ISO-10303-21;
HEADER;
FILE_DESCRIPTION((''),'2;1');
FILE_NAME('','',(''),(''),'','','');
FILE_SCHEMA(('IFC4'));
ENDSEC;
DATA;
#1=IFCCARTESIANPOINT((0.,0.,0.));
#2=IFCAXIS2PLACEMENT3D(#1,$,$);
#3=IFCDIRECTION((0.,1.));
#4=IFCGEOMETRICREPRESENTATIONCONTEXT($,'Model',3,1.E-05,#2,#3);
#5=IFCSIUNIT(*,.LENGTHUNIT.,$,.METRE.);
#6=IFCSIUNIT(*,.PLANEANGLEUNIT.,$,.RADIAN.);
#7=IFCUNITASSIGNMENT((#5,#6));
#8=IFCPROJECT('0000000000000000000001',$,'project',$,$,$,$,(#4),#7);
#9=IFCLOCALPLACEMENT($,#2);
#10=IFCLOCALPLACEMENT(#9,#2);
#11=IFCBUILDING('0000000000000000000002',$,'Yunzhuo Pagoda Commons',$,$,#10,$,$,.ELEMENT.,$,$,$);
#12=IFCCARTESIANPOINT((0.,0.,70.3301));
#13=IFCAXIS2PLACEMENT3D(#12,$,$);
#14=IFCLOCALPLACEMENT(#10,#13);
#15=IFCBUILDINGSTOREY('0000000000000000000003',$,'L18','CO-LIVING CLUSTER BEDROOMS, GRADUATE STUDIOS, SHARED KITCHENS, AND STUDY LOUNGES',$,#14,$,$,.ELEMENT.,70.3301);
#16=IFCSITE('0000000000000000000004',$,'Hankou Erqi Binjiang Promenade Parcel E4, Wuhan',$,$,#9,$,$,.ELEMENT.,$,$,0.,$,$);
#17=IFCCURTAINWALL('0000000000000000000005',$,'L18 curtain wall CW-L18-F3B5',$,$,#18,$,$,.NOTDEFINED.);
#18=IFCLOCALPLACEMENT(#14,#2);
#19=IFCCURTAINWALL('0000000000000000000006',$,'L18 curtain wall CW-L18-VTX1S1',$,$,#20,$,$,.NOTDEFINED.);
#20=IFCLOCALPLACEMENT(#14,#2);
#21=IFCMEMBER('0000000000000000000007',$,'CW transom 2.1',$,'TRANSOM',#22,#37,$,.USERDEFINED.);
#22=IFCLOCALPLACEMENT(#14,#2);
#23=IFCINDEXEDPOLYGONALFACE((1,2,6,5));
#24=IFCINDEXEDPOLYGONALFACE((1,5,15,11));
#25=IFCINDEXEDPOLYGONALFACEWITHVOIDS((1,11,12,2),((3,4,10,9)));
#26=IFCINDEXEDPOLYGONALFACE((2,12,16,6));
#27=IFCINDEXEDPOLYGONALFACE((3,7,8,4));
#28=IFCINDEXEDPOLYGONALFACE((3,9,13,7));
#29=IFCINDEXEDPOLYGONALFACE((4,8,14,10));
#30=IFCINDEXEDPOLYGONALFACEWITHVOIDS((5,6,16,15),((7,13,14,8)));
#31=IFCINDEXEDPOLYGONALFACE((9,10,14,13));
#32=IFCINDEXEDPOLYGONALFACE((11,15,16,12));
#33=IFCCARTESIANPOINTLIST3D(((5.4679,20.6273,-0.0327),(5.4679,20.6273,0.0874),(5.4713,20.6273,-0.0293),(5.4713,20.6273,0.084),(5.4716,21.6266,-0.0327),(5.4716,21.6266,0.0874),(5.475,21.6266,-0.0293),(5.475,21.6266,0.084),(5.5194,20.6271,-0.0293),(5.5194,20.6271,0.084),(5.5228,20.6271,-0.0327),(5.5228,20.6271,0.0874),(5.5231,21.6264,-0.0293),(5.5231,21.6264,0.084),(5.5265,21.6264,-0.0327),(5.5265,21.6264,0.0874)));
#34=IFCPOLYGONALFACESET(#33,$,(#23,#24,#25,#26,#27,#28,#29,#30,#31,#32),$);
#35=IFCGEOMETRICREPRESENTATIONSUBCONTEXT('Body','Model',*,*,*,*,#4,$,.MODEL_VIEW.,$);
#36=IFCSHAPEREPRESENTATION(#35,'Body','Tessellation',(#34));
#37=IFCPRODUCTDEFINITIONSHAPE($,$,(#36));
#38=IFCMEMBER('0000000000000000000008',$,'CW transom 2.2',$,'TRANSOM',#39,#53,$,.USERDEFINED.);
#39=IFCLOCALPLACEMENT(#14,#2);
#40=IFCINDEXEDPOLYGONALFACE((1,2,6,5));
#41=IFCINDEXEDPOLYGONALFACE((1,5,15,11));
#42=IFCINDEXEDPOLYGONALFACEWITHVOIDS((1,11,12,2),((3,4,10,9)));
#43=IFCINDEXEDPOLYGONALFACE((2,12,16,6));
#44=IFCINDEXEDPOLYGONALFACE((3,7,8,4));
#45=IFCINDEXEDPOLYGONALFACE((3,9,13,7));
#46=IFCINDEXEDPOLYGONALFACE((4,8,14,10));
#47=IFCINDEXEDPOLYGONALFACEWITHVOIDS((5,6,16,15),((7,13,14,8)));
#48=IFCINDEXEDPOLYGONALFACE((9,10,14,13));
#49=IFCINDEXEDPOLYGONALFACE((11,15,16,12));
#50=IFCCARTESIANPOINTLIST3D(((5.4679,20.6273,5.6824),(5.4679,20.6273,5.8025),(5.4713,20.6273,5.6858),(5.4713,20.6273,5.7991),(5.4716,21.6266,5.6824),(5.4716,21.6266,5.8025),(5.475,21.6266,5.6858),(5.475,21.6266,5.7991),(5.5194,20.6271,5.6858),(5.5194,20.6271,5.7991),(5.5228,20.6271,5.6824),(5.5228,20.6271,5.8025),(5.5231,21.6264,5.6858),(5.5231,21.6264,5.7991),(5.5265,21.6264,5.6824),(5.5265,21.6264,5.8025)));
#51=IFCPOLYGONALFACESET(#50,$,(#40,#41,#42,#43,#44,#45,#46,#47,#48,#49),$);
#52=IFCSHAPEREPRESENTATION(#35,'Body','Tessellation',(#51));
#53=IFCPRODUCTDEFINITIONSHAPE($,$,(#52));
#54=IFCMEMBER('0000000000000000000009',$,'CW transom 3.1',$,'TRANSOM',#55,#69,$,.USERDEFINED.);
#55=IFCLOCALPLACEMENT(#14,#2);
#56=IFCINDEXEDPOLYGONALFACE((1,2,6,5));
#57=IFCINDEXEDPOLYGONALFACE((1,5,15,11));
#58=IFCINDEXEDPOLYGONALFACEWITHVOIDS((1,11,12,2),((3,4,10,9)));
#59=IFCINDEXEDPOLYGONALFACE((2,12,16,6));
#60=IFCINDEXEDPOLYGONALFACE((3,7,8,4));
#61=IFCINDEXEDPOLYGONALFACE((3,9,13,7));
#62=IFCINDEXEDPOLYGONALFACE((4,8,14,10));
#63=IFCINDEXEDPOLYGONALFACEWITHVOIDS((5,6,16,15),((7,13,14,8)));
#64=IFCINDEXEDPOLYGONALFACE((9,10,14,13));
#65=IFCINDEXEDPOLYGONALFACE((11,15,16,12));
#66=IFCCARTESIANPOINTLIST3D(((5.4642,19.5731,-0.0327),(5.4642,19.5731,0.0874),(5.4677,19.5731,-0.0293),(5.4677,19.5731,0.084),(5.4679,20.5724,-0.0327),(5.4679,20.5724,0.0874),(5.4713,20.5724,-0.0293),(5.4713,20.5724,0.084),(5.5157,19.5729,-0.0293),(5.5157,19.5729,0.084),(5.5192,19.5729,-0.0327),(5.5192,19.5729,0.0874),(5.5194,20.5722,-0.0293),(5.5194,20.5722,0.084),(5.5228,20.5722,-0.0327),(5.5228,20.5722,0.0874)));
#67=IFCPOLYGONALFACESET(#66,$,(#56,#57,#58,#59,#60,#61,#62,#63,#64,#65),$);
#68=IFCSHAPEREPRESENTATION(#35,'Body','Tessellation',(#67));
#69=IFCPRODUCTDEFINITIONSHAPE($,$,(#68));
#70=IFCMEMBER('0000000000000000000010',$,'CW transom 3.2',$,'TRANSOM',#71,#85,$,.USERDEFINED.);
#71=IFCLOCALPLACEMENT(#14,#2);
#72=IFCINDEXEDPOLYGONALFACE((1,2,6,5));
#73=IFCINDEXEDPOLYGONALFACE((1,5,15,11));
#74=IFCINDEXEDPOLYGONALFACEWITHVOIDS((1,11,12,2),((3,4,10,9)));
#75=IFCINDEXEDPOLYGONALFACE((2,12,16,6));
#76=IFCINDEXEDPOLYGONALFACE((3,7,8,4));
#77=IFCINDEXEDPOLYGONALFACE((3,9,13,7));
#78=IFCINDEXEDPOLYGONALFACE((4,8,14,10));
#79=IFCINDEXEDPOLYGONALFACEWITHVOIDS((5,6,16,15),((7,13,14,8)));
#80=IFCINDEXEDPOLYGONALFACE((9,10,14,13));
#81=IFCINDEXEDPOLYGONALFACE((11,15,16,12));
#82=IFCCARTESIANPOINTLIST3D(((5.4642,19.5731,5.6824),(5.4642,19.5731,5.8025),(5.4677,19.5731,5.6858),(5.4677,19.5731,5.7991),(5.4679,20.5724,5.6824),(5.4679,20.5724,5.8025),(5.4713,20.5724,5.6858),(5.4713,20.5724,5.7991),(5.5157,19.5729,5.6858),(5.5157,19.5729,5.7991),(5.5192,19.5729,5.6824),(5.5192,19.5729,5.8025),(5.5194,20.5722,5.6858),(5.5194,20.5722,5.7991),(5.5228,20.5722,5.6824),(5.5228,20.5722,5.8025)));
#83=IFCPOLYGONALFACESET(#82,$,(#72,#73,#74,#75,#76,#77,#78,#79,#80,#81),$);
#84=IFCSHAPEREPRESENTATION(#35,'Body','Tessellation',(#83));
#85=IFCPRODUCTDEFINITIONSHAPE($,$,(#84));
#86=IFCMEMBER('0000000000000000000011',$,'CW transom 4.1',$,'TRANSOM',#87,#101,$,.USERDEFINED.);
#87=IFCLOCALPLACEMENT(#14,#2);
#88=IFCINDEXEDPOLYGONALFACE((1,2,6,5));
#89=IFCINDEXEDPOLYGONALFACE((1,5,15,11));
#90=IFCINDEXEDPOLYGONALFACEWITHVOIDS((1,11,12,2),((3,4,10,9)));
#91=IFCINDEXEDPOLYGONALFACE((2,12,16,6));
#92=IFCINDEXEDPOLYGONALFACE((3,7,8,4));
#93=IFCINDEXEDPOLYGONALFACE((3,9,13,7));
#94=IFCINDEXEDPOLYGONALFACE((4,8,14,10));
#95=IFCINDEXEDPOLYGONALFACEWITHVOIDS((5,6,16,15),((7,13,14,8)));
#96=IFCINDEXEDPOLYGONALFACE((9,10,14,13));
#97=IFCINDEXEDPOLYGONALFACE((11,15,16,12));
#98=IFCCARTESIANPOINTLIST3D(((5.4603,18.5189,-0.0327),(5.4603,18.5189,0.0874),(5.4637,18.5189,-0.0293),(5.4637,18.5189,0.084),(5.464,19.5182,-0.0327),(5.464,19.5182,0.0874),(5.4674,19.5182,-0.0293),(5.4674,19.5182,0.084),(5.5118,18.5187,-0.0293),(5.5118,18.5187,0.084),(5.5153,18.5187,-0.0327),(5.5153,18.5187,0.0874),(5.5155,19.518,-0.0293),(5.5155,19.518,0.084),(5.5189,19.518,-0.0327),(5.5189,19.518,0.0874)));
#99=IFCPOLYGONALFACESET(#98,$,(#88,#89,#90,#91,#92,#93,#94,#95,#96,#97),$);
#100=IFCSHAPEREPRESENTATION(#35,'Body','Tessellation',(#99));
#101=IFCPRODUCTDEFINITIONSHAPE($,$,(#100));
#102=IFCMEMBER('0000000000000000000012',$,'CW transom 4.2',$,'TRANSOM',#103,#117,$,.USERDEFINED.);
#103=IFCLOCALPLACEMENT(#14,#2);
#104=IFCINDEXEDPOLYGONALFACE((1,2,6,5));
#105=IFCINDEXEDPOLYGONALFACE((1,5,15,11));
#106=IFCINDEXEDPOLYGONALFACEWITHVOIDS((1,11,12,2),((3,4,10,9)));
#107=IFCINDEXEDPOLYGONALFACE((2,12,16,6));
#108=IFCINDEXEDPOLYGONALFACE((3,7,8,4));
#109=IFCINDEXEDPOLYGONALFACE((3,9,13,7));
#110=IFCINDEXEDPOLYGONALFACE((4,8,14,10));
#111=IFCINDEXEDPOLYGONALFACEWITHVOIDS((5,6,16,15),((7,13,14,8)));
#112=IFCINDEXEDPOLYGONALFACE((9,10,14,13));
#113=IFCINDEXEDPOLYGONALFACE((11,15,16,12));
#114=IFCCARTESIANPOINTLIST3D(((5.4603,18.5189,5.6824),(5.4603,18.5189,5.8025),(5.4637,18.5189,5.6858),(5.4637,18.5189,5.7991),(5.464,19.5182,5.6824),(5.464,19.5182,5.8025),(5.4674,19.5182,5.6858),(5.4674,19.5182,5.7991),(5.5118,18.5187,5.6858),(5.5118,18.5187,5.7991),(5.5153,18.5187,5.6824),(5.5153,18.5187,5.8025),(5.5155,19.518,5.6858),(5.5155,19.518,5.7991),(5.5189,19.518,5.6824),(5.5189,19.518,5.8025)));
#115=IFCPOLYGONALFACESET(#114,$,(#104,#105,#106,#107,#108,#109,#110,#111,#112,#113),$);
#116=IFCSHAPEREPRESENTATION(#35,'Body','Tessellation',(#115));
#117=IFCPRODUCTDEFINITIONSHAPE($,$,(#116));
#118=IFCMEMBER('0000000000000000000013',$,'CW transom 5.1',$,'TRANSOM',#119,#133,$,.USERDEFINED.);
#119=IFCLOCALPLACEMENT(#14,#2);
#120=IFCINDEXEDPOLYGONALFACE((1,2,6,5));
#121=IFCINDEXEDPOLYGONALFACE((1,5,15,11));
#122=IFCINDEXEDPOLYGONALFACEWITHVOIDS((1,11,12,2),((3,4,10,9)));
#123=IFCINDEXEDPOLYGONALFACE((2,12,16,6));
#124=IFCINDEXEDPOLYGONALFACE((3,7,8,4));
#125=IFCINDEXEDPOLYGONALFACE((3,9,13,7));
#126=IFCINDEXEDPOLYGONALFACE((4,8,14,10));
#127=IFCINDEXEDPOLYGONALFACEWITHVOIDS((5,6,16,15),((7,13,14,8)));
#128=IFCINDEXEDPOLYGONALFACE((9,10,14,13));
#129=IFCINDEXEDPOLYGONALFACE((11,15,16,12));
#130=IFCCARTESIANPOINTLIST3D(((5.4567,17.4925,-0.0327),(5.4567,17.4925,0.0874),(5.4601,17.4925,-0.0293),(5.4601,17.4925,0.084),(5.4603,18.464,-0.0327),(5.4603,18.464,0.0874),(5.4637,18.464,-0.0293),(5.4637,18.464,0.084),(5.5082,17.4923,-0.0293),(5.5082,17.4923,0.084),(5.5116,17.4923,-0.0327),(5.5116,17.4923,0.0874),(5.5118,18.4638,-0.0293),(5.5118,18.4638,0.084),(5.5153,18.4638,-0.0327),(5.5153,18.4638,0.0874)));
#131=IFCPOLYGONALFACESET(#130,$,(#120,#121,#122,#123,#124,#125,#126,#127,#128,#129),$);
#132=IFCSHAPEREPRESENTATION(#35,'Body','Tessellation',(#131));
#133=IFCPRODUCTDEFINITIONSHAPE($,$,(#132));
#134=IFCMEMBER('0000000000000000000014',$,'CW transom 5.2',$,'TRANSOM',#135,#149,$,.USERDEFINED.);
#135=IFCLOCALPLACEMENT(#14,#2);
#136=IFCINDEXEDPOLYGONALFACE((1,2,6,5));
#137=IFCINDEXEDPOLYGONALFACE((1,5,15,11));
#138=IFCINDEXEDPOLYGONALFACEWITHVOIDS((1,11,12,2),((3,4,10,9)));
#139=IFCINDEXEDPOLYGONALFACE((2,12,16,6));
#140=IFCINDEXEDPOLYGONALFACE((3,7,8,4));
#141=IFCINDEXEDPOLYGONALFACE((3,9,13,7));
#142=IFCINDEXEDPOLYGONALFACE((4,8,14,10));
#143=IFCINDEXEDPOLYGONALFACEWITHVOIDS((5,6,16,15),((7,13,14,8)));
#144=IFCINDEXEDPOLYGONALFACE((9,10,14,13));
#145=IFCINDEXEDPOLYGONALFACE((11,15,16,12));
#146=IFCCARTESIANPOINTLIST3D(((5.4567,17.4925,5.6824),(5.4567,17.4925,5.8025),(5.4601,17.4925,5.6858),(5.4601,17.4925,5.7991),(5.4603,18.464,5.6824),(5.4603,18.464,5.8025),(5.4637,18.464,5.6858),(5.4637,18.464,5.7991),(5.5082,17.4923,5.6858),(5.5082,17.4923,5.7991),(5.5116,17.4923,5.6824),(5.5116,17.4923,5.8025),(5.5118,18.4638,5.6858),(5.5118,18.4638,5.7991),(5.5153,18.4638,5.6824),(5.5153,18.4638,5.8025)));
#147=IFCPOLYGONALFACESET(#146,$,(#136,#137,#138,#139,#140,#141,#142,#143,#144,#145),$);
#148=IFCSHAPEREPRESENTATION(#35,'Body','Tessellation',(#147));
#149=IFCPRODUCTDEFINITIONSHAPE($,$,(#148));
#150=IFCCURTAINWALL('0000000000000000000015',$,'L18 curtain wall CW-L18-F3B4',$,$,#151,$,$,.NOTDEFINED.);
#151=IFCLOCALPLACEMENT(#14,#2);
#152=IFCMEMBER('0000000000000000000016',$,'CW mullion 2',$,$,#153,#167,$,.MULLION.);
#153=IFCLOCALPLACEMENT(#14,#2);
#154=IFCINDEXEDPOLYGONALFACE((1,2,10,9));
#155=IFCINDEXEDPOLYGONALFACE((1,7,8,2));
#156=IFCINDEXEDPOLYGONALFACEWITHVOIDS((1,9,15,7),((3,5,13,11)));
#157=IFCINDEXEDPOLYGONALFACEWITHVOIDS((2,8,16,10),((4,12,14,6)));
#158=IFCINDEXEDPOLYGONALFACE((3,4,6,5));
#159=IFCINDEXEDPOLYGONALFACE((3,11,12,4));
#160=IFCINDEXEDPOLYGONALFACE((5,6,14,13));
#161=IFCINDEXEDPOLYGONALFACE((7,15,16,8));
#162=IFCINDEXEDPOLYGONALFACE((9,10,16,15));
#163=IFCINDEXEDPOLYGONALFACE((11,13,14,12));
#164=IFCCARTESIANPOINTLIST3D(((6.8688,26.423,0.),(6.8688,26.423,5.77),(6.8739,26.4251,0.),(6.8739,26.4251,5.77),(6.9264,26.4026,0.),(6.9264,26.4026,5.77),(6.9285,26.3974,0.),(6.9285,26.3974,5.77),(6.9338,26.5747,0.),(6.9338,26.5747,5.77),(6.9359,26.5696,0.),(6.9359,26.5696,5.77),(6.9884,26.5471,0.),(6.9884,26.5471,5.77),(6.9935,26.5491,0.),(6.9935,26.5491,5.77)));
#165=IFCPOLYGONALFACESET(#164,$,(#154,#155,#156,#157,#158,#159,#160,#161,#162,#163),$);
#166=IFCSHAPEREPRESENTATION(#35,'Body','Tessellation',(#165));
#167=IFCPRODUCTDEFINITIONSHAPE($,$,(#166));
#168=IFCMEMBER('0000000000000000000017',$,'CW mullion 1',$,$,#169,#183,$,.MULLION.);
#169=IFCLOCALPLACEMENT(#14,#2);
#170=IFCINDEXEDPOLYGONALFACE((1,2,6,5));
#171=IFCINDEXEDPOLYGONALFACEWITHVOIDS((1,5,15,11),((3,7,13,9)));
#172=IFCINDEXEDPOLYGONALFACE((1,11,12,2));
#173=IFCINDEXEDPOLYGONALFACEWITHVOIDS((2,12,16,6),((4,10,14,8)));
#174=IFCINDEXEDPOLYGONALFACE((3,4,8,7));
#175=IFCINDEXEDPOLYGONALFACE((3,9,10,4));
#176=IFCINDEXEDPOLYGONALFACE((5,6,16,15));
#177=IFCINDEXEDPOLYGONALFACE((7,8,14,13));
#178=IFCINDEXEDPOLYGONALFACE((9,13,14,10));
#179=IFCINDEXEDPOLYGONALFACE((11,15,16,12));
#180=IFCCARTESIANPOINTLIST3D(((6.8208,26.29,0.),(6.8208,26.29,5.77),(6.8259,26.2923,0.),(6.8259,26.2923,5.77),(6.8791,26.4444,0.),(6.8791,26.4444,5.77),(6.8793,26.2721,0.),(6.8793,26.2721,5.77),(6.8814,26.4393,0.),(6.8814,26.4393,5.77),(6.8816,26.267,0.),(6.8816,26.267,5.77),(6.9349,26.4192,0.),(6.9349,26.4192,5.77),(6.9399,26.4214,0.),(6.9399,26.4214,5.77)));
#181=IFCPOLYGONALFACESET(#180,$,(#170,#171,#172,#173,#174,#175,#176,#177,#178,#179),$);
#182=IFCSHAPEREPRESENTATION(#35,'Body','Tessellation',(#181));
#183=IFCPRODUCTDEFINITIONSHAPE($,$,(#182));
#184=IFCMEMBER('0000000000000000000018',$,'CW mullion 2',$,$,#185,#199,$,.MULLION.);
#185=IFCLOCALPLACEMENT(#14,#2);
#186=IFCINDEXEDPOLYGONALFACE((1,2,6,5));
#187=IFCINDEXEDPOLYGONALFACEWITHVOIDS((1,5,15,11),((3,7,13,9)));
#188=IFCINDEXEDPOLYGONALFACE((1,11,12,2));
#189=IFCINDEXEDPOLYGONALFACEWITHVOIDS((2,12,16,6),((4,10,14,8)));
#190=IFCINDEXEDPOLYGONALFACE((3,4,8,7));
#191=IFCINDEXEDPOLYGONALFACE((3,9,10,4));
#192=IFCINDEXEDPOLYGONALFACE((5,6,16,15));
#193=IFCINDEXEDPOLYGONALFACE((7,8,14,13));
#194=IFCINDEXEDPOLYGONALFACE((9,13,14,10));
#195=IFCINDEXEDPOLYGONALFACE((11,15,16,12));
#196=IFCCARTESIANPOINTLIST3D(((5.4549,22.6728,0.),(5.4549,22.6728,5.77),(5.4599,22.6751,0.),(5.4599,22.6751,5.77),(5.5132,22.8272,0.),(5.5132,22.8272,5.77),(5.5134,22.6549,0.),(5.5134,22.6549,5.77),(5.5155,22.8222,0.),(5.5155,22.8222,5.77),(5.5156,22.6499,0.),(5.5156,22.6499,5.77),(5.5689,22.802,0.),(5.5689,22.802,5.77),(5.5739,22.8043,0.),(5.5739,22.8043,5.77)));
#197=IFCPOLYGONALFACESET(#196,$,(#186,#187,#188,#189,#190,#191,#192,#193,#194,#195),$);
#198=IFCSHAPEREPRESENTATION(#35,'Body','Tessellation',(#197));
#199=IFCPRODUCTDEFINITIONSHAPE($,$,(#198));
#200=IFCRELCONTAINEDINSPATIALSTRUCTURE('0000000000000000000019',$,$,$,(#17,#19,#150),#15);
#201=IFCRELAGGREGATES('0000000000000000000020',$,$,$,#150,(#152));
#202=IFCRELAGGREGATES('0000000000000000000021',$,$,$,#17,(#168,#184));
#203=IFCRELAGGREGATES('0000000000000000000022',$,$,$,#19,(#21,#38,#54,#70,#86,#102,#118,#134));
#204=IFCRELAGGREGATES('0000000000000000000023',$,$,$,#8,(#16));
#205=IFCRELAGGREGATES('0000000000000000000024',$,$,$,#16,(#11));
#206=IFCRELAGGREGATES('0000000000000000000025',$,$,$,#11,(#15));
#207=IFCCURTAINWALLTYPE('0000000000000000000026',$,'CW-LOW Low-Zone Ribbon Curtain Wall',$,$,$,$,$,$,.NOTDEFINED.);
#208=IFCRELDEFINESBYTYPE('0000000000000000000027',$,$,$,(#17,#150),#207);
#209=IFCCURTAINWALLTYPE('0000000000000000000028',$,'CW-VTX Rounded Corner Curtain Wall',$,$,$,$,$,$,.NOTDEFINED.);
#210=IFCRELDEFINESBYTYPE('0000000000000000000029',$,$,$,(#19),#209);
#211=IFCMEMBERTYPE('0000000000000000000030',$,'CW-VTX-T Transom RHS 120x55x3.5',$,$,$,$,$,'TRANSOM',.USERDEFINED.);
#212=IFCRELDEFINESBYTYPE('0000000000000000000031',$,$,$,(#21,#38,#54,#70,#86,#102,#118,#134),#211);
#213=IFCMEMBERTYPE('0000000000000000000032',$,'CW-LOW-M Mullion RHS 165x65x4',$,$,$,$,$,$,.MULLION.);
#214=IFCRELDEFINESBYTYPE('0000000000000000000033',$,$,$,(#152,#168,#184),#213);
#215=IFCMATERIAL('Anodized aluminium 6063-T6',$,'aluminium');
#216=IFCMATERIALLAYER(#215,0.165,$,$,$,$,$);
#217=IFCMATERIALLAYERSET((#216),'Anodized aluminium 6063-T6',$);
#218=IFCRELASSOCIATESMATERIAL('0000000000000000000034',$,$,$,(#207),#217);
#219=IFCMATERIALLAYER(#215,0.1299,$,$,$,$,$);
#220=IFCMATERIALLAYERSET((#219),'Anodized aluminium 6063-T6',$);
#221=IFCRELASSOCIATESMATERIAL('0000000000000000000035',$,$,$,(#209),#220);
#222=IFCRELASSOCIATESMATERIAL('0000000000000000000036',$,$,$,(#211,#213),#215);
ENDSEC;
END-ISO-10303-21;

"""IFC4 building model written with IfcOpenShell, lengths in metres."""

from ifc_helpers import new_model, si_unit, direction, frame, origin, origin_2d, place, context, subcontext, project, spatial, hollow_rectangle, extrude, source, transform, mapped, material, layer, layer_set, material_profile, profile_set, type_object, element, aggregate, save


model = new_model("IFC4")

# Units and contexts
model_context = context("Model", 3, precision=1e-05, world=origin(), true_north=direction((0.0, 1.0)))
body_context = subcontext(model_context, "Body", "Model", "MODEL_VIEW")
ifc_project = project(units=[si_unit("LENGTHUNIT", "METRE"), si_unit("PLANEANGLEUNIT", "RADIAN")], contexts=[model_context])

# Site, building, storey
site_placement = place(None, origin())
site = spatial("IfcSite", under=ifc_project, at=site_placement, Name="Hankou Erqi Binjiang Promenade Parcel E4, Wuhan", CompositionType="ELEMENT", RefElevation=0.0)
building_placement = place(site_placement, origin())
building = spatial("IfcBuilding", under=site, at=building_placement, Name="Yunzhuo Pagoda Commons", CompositionType="ELEMENT")
storey_placement = place(building_placement, frame((0.0, 0.0, 70.3301)))
storey = spatial("IfcBuildingStorey", under=building, at=storey_placement, Name="L18", Description="CO-LIVING CLUSTER BEDROOMS, GRADUATE STUDIOS, SHARED KITCHENS, AND STUDY LOUNGES", CompositionType="ELEMENT", Elevation=70.3301)

# Curtain walls
ifc_material_1 = material(Name="Anodized aluminium 6063-T6", Category="aluminium")
ifc_layer_1 = layer(ifc_material_1, 0.165)
ifc_layer_set_1 = layer_set([ifc_layer_1], Name="Anodized aluminium 6063-T6")
curtain_wall_type_1 = type_object("IfcCurtainWallType", Name="CW-LOW Low-Zone Ribbon Curtain Wall", PredefinedType="NOTDEFINED", material=ifc_layer_set_1)
curtain_wall_1_placement = place(storey_placement, origin())
curtain_wall_1 = element("IfcCurtainWall", 1, at=curtain_wall_1_placement, inside=storey, type_object=curtain_wall_type_1, Name="L18 curtain wall CW-L18-F3B5", PredefinedType="NOTDEFINED")
ifc_layer_2 = layer(ifc_material_1, 0.1299)
ifc_layer_set_2 = layer_set([ifc_layer_2], Name="Anodized aluminium 6063-T6")
curtain_wall_type_2 = type_object("IfcCurtainWallType", Name="CW-VTX Rounded Corner Curtain Wall", PredefinedType="NOTDEFINED", material=ifc_layer_set_2)
curtain_wall_2_placement = place(storey_placement, origin())
curtain_wall_2 = element("IfcCurtainWall", 2, at=curtain_wall_2_placement, inside=storey, type_object=curtain_wall_type_2, Name="L18 curtain wall CW-L18-VTX1S1", PredefinedType="NOTDEFINED")
ifc_material_profile_1 = material_profile(ifc_material_1, hollow_rectangle(XDim=0.0549, YDim=0.1201, WallThickness=0.0034, at=origin_2d()), Name="Anodized aluminium 6063-T6")
ifc_profile_set_1 = profile_set([ifc_material_profile_1], Name="Anodized aluminium 6063-T6")
member_type_1 = type_object("IfcMemberType", Name="CW-VTX-T Transom RHS 120x55x3.5", ElementType="TRANSOM", PredefinedType="USERDEFINED", material=ifc_profile_set_1)

# Members
shared_shape_1 = source(origin(), body_context, "Body", "SweptSolid", [
    extrude(hollow_rectangle(XDim=0.0549, YDim=0.1201, WallThickness=0.0034, at=origin_2d()), origin(), (0.0, 0.0, 1.0), 0.9993),
])
member_1_placement = place(storey_placement, frame((5.499, 21.6265, 0.0273), z_axis=(-0.003665, -0.999993, 0.0), x_axis=(0.999993, -0.003665, 0.0)))
member_1 = element("IfcMember", 3, at=member_1_placement, type_object=member_type_1, Name="CW transom 2.1", ObjectType="TRANSOM", PredefinedType="USERDEFINED", context=body_context, shape_type="MappedRepresentation", body=[
    mapped(shared_shape_1, transform((0.0, 0.0, 0.0), scale=1.0)),
])
member_2_placement = place(storey_placement, frame((5.499, 21.6265, 5.7424), z_axis=(-0.003665, -0.999993, 0.0), x_axis=(0.999993, -0.003665, 0.0)))
member_2 = element("IfcMember", 4, at=member_2_placement, type_object=member_type_1, Name="CW transom 2.2", ObjectType="TRANSOM", PredefinedType="USERDEFINED", context=body_context, shape_type="MappedRepresentation", body=[
    mapped(shared_shape_1, transform((0.0, 0.0, 0.0), scale=1.0)),
])
member_3_placement = place(storey_placement, frame((5.4954, 20.5723, 0.0273), z_axis=(-0.003665, -0.999993, 0.0), x_axis=(0.999993, -0.003665, 0.0)))
member_3 = element("IfcMember", 5, at=member_3_placement, type_object=member_type_1, Name="CW transom 3.1", ObjectType="TRANSOM", PredefinedType="USERDEFINED", context=body_context, shape_type="MappedRepresentation", body=[
    mapped(shared_shape_1, transform((0.0, 0.0, 0.0), scale=1.0)),
])
member_4_placement = place(storey_placement, frame((5.4954, 20.5723, 5.7424), z_axis=(-0.003665, -0.999993, 0.0), x_axis=(0.999993, -0.003665, 0.0)))
member_4 = element("IfcMember", 6, at=member_4_placement, type_object=member_type_1, Name="CW transom 3.2", ObjectType="TRANSOM", PredefinedType="USERDEFINED", context=body_context, shape_type="MappedRepresentation", body=[
    mapped(shared_shape_1, transform((0.0, 0.0, 0.0), scale=1.0)),
])
member_5_placement = place(storey_placement, frame((5.4915, 19.5181, 0.0273), z_axis=(-0.003665, -0.999993, 0.0), x_axis=(0.999993, -0.003665, 0.0)))
member_5 = element("IfcMember", 7, at=member_5_placement, type_object=member_type_1, Name="CW transom 4.1", ObjectType="TRANSOM", PredefinedType="USERDEFINED", context=body_context, shape_type="MappedRepresentation", body=[
    mapped(shared_shape_1, transform((0.0, 0.0, 0.0), scale=1.0)),
])
member_6_placement = place(storey_placement, frame((5.4915, 19.5181, 5.7424), z_axis=(-0.003665, -0.999993, 0.0), x_axis=(0.999993, -0.003665, 0.0)))
member_6 = element("IfcMember", 8, at=member_6_placement, type_object=member_type_1, Name="CW transom 4.2", ObjectType="TRANSOM", PredefinedType="USERDEFINED", context=body_context, shape_type="MappedRepresentation", body=[
    mapped(shared_shape_1, transform((0.0, 0.0, 0.0), scale=1.0)),
])
shared_shape_2 = source(origin(), body_context, "Body", "SweptSolid", [
    extrude(hollow_rectangle(XDim=0.0549, YDim=0.1201, WallThickness=0.0034, at=origin_2d()), origin(), (0.0, 0.0, 1.0), 0.9714),
])
member_7_placement = place(storey_placement, frame((5.4878, 18.4639, 0.0273), z_axis=(-0.00377, -0.999993, 0.0), x_axis=(0.999993, -0.00377, 0.0)))
member_7 = element("IfcMember", 9, at=member_7_placement, type_object=member_type_1, Name="CW transom 5.1", ObjectType="TRANSOM", PredefinedType="USERDEFINED", context=body_context, shape_type="MappedRepresentation", body=[
    mapped(shared_shape_2, transform((0.0, 0.0, 0.0), scale=1.0)),
])
member_8_placement = place(storey_placement, frame((5.4878, 18.4639, 5.7424), z_axis=(-0.00377, -0.999993, 0.0), x_axis=(0.999993, -0.00377, 0.0)))
member_8 = element("IfcMember", 10, at=member_8_placement, type_object=member_type_1, Name="CW transom 5.2", ObjectType="TRANSOM", PredefinedType="USERDEFINED", context=body_context, shape_type="MappedRepresentation", body=[
    mapped(shared_shape_2, transform((0.0, 0.0, 0.0), scale=1.0)),
])

# Curtain wall, member
curtain_wall_3_placement = place(storey_placement, origin())
curtain_wall_3 = element("IfcCurtainWall", 11, at=curtain_wall_3_placement, inside=storey, type_object=curtain_wall_type_1, Name="L18 curtain wall CW-L18-F3B4", PredefinedType="NOTDEFINED")
ifc_material_profile_2 = material_profile(ifc_material_1, hollow_rectangle(XDim=0.0649, YDim=0.165, WallThickness=0.0039, at=origin_2d()), Name="Anodized aluminium 6063-T6")
ifc_profile_set_2 = profile_set([ifc_material_profile_2], Name="Anodized aluminium 6063-T6")
member_type_2 = type_object("IfcMemberType", Name="CW-LOW-M Mullion RHS 165x65x4", PredefinedType="MULLION", material=ifc_profile_set_2)
shared_shape_3 = source(origin(), body_context, "Body", "SweptSolid", [
    extrude(hollow_rectangle(XDim=0.0649, YDim=0.165, WallThickness=0.0039, at=origin_2d()), origin(), (0.0, 0.0, 1.0), 5.77),
])
member_9_placement = place(storey_placement, frame((6.9312, 26.4861, 0.0), z_axis=(0.0, 0.0, 1.0), x_axis=(0.919121, -0.393975, 0.0)))
member_9 = element("IfcMember", 12, at=member_9_placement, type_object=member_type_2, Name="CW mullion 2", PredefinedType="MULLION", context=body_context, shape_type="MappedRepresentation", body=[
    mapped(shared_shape_3, transform((0.0, 0.0, 0.0), scale=1.0)),
])
aggregate(curtain_wall_3, [member_9])

# Members
member_10_placement = place(storey_placement, frame((6.8804, 26.3557, 0.0), z_axis=(0.0, 0.0, 1.0), x_axis=(0.935513, -0.353291, 0.0)))
member_10 = element("IfcMember", 13, at=member_10_placement, type_object=member_type_2, Name="CW mullion 1", PredefinedType="MULLION", context=body_context, shape_type="MappedRepresentation", body=[
    mapped(shared_shape_3, transform((0.0, 0.0, 0.0), scale=1.0)),
])
member_11_placement = place(storey_placement, frame((5.5144, 22.7385, 0.0), z_axis=(0.0, 0.0, 1.0), x_axis=(0.935513, -0.353291, 0.0)))
member_11 = element("IfcMember", 14, at=member_11_placement, type_object=member_type_2, Name="CW mullion 2", PredefinedType="MULLION", context=body_context, shape_type="MappedRepresentation", body=[
    mapped(shared_shape_3, transform((0.0, 0.0, 0.0), scale=1.0)),
])

aggregate(curtain_wall_1, [member_10, member_11])
aggregate(curtain_wall_2, [member_1, member_2, member_3, member_4, member_5, member_6, member_7, member_8])

save(model, "model.ifc")
